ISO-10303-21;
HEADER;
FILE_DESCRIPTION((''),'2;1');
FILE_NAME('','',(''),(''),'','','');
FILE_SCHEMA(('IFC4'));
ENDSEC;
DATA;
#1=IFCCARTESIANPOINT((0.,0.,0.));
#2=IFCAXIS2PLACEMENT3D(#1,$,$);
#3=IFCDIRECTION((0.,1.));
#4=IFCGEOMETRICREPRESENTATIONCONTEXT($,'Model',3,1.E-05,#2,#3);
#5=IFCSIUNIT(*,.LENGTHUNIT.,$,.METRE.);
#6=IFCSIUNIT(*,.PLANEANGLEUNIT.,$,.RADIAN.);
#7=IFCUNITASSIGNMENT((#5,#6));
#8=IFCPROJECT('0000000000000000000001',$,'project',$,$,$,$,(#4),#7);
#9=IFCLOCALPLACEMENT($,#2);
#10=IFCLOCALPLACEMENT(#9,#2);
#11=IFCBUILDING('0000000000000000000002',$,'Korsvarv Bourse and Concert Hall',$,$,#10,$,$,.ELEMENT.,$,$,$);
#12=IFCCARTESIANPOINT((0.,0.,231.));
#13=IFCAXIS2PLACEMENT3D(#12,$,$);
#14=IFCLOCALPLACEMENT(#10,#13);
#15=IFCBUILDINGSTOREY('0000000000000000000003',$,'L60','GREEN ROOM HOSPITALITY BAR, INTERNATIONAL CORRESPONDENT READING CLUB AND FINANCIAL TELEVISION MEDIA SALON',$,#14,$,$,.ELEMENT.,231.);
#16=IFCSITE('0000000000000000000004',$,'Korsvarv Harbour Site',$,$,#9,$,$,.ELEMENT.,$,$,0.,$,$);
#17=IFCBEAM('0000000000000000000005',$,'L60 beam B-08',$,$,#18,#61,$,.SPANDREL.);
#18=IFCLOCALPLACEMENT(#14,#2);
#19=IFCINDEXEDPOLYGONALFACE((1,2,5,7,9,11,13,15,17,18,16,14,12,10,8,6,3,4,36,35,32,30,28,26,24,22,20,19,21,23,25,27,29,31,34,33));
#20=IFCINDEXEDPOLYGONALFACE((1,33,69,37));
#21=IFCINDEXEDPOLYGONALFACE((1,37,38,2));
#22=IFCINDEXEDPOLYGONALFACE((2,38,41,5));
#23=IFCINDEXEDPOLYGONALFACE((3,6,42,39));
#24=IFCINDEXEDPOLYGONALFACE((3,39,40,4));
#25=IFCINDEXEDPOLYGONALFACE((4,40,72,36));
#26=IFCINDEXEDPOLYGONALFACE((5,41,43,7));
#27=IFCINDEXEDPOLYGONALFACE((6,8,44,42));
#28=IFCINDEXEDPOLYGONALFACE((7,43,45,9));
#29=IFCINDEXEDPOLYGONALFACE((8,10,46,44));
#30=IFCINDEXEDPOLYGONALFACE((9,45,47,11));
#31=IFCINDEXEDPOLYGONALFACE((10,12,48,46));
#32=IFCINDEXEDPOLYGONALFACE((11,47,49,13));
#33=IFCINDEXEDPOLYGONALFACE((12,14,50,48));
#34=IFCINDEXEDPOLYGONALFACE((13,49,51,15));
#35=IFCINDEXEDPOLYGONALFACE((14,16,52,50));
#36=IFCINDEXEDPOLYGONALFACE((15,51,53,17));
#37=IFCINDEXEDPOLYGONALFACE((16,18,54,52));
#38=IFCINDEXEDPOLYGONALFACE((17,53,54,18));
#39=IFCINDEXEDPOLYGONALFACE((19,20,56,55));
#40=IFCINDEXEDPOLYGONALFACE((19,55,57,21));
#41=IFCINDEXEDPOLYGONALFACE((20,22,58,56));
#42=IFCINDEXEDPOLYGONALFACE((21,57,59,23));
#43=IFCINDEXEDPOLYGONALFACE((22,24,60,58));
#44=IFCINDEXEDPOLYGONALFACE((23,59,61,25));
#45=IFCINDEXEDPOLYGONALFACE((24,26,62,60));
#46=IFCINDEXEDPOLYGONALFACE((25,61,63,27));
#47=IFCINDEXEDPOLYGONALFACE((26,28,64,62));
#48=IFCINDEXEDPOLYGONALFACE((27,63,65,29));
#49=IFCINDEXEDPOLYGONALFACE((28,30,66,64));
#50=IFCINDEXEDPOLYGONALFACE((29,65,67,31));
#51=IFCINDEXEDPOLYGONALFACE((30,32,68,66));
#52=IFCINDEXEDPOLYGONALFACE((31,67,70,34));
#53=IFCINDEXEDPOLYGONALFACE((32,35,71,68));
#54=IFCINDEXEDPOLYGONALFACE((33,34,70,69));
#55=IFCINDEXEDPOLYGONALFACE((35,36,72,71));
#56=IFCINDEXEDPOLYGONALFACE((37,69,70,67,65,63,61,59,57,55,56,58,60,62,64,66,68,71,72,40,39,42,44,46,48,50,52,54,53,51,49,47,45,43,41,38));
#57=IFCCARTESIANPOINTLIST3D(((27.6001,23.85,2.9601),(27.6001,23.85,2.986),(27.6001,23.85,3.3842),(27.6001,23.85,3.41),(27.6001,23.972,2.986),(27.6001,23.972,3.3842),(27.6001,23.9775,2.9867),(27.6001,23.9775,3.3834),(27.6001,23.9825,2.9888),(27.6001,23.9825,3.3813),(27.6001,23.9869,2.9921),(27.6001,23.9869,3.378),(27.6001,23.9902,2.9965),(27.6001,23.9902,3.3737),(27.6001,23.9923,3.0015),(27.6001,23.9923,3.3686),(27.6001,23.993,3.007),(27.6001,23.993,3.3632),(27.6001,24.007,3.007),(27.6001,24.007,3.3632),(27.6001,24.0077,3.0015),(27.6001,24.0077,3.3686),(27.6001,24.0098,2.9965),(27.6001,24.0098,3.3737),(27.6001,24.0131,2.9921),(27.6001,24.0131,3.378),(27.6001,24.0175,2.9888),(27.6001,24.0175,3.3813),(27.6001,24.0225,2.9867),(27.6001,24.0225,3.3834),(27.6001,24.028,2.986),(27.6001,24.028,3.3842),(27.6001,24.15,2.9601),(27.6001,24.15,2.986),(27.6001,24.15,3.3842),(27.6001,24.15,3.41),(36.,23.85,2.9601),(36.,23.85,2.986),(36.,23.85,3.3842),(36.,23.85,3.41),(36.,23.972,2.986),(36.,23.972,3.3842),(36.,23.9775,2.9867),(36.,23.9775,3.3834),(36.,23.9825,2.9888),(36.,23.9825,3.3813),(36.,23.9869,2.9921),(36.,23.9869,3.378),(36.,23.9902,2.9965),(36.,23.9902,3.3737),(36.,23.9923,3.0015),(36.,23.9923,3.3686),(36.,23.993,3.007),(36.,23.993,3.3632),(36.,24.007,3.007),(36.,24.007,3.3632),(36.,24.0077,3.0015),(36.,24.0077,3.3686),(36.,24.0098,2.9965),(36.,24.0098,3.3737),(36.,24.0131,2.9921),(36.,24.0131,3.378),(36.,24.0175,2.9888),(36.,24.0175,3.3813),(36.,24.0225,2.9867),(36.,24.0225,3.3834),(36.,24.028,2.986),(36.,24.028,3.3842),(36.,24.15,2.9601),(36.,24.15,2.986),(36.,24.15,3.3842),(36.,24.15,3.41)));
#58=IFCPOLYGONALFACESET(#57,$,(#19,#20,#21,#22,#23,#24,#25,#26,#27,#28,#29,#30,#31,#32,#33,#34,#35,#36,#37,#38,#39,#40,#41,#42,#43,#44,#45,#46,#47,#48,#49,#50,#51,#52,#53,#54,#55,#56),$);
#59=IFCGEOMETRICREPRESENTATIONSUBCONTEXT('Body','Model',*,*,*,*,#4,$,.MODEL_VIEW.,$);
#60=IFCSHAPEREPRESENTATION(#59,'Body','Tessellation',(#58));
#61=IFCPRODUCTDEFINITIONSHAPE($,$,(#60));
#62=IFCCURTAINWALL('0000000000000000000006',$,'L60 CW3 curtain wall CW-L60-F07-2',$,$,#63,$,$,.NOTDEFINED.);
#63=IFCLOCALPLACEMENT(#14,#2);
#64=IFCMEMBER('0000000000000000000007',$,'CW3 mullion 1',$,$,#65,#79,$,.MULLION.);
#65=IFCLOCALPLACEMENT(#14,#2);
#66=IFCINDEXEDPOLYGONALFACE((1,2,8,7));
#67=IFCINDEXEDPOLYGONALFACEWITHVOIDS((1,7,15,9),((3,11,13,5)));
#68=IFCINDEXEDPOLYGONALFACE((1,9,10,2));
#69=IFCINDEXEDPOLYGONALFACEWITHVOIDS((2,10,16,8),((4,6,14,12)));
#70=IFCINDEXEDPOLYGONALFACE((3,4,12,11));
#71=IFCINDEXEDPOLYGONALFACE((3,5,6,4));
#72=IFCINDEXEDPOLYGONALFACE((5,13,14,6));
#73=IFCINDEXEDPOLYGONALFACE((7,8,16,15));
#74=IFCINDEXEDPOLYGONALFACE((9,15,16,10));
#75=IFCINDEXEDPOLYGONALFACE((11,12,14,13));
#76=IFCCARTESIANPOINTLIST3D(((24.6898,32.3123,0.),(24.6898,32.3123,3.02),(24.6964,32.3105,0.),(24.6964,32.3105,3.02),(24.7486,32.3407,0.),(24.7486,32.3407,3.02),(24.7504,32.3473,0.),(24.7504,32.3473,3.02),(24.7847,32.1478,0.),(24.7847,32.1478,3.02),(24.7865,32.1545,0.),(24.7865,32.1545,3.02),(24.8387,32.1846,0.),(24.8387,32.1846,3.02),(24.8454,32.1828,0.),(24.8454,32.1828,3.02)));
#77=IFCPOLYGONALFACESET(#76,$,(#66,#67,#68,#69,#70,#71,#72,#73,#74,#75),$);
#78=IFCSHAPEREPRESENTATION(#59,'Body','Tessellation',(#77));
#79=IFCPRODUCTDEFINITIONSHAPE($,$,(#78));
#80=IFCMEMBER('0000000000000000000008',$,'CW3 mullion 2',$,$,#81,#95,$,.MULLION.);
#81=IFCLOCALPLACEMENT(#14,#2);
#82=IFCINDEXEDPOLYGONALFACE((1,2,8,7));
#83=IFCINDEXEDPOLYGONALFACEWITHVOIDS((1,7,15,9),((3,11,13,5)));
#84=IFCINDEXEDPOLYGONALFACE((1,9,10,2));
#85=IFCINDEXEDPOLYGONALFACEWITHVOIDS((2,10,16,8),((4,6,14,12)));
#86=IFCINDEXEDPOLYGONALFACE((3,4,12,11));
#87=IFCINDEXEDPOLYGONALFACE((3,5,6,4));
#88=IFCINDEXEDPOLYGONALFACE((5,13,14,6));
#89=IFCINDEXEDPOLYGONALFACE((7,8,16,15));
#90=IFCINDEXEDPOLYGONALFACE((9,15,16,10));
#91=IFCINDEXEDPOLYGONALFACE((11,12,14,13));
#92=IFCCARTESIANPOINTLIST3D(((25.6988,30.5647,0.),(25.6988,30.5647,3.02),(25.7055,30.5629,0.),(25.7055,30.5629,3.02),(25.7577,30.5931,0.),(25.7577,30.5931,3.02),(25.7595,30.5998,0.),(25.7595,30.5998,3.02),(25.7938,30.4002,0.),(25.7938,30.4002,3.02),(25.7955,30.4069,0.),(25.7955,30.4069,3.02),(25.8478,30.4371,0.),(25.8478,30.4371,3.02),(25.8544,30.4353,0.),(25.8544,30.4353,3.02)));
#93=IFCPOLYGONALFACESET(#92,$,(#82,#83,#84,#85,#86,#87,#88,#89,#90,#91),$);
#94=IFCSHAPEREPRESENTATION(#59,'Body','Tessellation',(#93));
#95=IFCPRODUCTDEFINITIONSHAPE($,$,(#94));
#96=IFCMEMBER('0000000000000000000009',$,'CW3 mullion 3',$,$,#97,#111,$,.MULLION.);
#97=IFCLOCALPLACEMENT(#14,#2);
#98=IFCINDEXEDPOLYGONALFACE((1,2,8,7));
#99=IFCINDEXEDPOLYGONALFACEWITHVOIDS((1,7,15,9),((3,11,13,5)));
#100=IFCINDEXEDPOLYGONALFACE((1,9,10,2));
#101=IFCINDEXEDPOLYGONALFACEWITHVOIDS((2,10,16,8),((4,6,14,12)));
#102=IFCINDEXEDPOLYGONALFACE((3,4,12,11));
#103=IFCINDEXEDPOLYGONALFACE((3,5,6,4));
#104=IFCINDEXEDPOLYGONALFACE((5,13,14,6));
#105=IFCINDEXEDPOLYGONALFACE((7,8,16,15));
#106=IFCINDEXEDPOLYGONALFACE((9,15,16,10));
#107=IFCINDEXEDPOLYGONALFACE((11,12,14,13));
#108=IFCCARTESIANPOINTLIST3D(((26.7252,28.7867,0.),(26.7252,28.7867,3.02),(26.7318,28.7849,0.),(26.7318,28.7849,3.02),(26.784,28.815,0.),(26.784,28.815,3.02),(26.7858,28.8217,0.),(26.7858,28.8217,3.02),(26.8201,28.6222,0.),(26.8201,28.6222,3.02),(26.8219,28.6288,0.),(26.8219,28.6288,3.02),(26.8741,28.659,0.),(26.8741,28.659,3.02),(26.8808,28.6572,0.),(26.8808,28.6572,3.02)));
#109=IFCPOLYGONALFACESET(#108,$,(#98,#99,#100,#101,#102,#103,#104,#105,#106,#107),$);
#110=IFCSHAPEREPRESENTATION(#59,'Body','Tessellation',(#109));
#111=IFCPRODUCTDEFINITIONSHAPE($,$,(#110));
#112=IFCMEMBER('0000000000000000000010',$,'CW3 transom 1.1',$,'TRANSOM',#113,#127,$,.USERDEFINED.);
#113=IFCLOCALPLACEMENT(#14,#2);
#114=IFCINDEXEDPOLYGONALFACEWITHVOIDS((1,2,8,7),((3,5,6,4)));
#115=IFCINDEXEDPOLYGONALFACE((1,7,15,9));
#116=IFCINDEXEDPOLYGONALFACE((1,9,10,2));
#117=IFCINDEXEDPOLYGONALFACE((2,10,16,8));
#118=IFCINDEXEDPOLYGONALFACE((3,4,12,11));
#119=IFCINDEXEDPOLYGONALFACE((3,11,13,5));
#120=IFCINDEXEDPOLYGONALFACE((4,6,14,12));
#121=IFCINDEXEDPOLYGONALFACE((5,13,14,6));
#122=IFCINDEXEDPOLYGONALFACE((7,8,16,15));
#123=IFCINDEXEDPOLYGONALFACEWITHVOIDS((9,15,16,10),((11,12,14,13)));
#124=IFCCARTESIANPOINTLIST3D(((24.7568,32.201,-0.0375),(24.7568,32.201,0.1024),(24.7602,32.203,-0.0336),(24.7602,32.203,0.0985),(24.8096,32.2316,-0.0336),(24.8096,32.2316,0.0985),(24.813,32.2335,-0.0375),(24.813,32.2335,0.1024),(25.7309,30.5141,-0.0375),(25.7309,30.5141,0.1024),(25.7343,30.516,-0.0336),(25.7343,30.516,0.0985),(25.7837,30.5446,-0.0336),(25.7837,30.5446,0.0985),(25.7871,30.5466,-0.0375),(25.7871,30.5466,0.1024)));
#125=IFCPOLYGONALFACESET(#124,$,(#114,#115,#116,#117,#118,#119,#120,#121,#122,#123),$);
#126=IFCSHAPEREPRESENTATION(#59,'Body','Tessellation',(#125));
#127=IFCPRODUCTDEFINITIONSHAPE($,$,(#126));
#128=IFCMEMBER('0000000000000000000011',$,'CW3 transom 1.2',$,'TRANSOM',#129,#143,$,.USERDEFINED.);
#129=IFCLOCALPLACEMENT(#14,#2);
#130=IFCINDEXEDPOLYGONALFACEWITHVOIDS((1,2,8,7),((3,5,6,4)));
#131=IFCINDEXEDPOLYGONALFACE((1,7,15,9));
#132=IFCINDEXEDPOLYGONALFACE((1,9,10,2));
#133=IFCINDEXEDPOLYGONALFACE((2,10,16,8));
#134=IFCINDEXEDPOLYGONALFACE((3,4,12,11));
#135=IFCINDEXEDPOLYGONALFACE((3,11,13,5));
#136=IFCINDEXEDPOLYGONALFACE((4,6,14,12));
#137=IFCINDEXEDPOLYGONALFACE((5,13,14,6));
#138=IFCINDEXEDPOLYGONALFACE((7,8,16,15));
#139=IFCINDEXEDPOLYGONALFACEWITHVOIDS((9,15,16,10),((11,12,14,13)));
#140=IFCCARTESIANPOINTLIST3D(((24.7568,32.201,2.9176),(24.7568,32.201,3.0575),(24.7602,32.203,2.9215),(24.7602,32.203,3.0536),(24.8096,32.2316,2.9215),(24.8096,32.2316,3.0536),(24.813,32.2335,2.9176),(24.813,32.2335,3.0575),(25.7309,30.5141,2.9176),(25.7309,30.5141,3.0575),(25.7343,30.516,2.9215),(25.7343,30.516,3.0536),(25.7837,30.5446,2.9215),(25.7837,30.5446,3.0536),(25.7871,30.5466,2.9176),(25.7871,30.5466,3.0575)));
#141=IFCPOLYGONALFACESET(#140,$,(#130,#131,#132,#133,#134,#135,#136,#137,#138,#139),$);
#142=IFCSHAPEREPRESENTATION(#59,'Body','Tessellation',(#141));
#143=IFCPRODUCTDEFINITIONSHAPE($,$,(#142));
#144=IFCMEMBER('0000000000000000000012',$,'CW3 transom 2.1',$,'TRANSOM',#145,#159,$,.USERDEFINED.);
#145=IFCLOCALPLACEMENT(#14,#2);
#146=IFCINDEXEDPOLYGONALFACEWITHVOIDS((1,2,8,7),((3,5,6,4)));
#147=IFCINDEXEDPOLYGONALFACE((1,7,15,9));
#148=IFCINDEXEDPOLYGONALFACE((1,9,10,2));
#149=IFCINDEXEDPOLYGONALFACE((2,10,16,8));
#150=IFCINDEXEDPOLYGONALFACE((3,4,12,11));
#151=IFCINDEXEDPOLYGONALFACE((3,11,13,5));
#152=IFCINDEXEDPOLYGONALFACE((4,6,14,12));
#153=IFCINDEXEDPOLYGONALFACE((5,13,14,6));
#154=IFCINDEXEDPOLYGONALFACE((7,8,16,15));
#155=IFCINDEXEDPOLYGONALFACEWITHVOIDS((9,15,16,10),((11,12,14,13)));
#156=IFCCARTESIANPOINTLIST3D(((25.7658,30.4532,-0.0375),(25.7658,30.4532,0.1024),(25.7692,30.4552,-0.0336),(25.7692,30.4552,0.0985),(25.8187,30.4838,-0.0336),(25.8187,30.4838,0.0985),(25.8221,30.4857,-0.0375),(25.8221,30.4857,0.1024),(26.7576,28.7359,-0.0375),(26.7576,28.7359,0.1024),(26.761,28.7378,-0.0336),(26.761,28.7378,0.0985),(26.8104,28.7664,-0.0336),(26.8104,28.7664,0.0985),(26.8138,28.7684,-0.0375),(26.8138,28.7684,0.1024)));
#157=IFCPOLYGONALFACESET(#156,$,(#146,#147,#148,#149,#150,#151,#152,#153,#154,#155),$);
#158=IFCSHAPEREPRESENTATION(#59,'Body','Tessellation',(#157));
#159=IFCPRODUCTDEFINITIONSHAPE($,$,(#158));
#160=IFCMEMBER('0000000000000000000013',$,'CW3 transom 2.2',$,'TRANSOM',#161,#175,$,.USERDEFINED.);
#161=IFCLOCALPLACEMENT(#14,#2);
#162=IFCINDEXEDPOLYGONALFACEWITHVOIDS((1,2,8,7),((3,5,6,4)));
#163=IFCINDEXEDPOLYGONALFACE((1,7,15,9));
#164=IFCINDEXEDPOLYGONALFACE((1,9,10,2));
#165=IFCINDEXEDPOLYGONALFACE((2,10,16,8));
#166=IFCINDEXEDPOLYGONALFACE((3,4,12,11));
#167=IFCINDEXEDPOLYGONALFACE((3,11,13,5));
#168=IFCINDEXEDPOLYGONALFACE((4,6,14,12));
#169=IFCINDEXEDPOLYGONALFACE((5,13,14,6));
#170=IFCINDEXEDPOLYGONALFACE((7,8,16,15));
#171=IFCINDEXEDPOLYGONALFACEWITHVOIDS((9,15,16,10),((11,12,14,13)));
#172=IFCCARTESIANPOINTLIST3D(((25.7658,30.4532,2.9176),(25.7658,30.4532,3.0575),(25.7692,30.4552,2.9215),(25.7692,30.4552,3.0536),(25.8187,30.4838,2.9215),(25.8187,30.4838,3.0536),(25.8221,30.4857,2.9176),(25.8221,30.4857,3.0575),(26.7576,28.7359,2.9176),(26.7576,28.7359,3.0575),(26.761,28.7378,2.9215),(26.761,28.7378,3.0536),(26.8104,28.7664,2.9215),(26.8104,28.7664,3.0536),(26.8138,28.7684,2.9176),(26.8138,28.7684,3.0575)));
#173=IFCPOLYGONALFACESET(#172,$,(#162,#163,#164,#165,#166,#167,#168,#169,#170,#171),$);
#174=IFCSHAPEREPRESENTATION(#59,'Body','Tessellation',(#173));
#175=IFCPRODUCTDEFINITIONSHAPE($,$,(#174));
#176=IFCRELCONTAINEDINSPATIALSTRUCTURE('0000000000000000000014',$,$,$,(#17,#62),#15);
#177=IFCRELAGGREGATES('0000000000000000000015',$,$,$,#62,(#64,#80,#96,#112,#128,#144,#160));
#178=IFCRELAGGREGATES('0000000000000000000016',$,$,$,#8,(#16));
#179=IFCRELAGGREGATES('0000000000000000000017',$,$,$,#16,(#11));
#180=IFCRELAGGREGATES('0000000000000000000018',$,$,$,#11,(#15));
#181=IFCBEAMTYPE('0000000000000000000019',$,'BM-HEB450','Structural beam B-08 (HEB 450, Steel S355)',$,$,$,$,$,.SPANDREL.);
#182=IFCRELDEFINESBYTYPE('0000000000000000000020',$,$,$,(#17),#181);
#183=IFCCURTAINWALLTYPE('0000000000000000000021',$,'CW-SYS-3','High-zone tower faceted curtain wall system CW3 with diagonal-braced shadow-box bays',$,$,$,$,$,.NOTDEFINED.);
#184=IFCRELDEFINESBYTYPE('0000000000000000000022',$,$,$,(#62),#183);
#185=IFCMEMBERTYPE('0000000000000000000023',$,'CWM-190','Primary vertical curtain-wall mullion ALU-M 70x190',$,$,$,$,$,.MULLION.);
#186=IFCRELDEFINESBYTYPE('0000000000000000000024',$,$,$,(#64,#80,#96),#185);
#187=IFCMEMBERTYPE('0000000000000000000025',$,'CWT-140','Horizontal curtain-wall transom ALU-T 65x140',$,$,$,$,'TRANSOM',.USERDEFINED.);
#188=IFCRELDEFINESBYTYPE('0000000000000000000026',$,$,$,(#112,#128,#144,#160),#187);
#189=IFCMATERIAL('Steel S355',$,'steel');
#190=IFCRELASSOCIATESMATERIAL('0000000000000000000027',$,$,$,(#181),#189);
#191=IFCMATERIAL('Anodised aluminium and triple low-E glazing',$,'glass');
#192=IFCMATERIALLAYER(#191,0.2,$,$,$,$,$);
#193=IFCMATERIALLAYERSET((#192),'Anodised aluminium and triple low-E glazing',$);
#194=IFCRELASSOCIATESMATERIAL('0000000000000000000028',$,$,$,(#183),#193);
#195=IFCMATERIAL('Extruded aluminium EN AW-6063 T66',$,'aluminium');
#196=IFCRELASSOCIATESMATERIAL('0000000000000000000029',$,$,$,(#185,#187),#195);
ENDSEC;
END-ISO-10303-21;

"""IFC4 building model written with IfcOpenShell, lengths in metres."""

from ifc_helpers import new_model, si_unit, direction, frame, origin, origin_2d, place, context, subcontext, project, spatial, hollow_rectangle, i_section, extrude, source, transform, mapped, material, layer, layer_set, material_profile, profile_set, type_object, element, aggregate, save


model = new_model("IFC4")

# Units and contexts
model_context = context("Model", 3, precision=1e-05, world=origin(), true_north=direction((0.0, 1.0)))
body_context = subcontext(model_context, "Body", "Model", "MODEL_VIEW")
ifc_project = project(units=[si_unit("LENGTHUNIT", "METRE"), si_unit("PLANEANGLEUNIT", "RADIAN")], contexts=[model_context])

# Site, building, storey
site_placement = place(None, origin())
site = spatial("IfcSite", under=ifc_project, at=site_placement, Name="Korsvarv Harbour Site", CompositionType="ELEMENT", RefElevation=0.0)
building_placement = place(site_placement, origin())
building = spatial("IfcBuilding", under=site, at=building_placement, Name="Korsvarv Bourse and Concert Hall", CompositionType="ELEMENT")
storey_placement = place(building_placement, frame((0.0, 0.0, 231.0)))
storey = spatial("IfcBuildingStorey", under=building, at=storey_placement, Name="L60", Description="GREEN ROOM HOSPITALITY BAR, INTERNATIONAL CORRESPONDENT READING CLUB AND FINANCIAL TELEVISION MEDIA SALON", CompositionType="ELEMENT", Elevation=231.0)

# Shared definitions
ifc_material_1 = material(Name="Steel S355", Category="steel")

# Beam
ifc_material_profile_1 = material_profile(ifc_material_1, i_section(OverallWidth=0.3, OverallDepth=0.45, WebThickness=0.0139, FlangeThickness=0.0259, FilletRadius=0.021, at=origin_2d()), Name="HEB 450")
ifc_profile_set_1 = profile_set([ifc_material_profile_1], Name="Steel S355")
beam_type_1 = type_object("IfcBeamType", Name="BM-HEB450", Description="Structural beam B-08 (HEB 450, Steel S355)", PredefinedType="SPANDREL", material=ifc_profile_set_1)
shared_shape_1 = source(origin(), body_context, "Body", "SweptSolid", [
    extrude(i_section(OverallWidth=0.3, OverallDepth=0.45, WebThickness=0.0139, FlangeThickness=0.0259, FilletRadius=0.021, at=origin_2d()), origin(), (0.0, 0.0, 1.0), 8.3999),
])
beam_1_placement = place(storey_placement, frame((27.6001, 24.0, 3.1851), z_axis=(1.0, 0.0, 0.0), x_axis=(0.0, 1.0, 0.0)))
element("IfcBeam", 1, at=beam_1_placement, inside=storey, type_object=beam_type_1, Name="L60 beam B-08", PredefinedType="SPANDREL", context=body_context, shape_type="MappedRepresentation", body=[
    mapped(shared_shape_1, transform((0.0, 0.0, 0.0), scale=1.0)),
])

# Curtain wall, members
ifc_material_2 = material(Name="Anodised aluminium and triple low-E glazing", Category="glass")
ifc_layer_1 = layer(ifc_material_2, 0.2)
ifc_layer_set_1 = layer_set([ifc_layer_1], Name="Anodised aluminium and triple low-E glazing")
curtain_wall_type = type_object("IfcCurtainWallType", Name="CW-SYS-3", Description="High-zone tower faceted curtain wall system CW3 with diagonal-braced shadow-box bays", PredefinedType="NOTDEFINED", material=ifc_layer_set_1)
curtain_wall_placement = place(storey_placement, origin())
curtain_wall = element("IfcCurtainWall", 2, at=curtain_wall_placement, inside=storey, type_object=curtain_wall_type, Name="L60 CW3 curtain wall CW-L60-F07-2", PredefinedType="NOTDEFINED")
ifc_material_3 = material(Name="Extruded aluminium EN AW-6063 T66", Category="aluminium")
ifc_material_profile_2 = material_profile(ifc_material_3, hollow_rectangle(XDim=0.0701, YDim=0.1899, WallThickness=0.0049, at=origin_2d()), Name="ALU-M 70x190")
ifc_profile_set_2 = profile_set([ifc_material_profile_2], Name="Extruded aluminium EN AW-6063 T66")
member_type_1 = type_object("IfcMemberType", Name="CWM-190", Description="Primary vertical curtain-wall mullion ALU-M 70x190", PredefinedType="MULLION", material=ifc_profile_set_2)
shared_shape_2 = source(origin(), body_context, "Body", "SweptSolid", [
    extrude(hollow_rectangle(XDim=0.0701, YDim=0.1899, WallThickness=0.0049, at=origin_2d()), origin(), (0.0, 0.0, 1.0), 3.02),
])
member_1_placement = place(storey_placement, frame((24.7676, 32.2476, 0.0), z_axis=(0.0, 0.0, 1.0), x_axis=(0.866025, 0.5, 0.0)))
member_1 = element("IfcMember", 3, at=member_1_placement, type_object=member_type_1, Name="CW3 mullion 1", PredefinedType="MULLION", context=body_context, shape_type="MappedRepresentation", body=[
    mapped(shared_shape_2, transform((0.0, 0.0, 0.0), scale=1.0)),
])
member_2_placement = place(storey_placement, frame((25.7766, 30.5, 0.0), z_axis=(0.0, 0.0, 1.0), x_axis=(0.866025, 0.5, 0.0)))
member_2 = element("IfcMember", 4, at=member_2_placement, type_object=member_type_1, Name="CW3 mullion 2", PredefinedType="MULLION", context=body_context, shape_type="MappedRepresentation", body=[
    mapped(shared_shape_2, transform((0.0, 0.0, 0.0), scale=1.0)),
])
member_3_placement = place(storey_placement, frame((26.803, 28.7219, 0.0), z_axis=(0.0, 0.0, 1.0), x_axis=(0.866025, 0.5, 0.0)))
member_3 = element("IfcMember", 5, at=member_3_placement, type_object=member_type_1, Name="CW3 mullion 3", PredefinedType="MULLION", context=body_context, shape_type="MappedRepresentation", body=[
    mapped(shared_shape_2, transform((0.0, 0.0, 0.0), scale=1.0)),
])
ifc_material_profile_3 = material_profile(ifc_material_3, hollow_rectangle(XDim=0.0649, YDim=0.1399, WallThickness=0.0039, at=origin_2d()), Name="ALU-T 65x140")
ifc_profile_set_3 = profile_set([ifc_material_profile_3], Name="Extruded aluminium EN AW-6063 T66")
member_type_2 = type_object("IfcMemberType", Name="CWT-140", Description="Horizontal curtain-wall transom ALU-T 65x140", ElementType="TRANSOM", PredefinedType="USERDEFINED", material=ifc_profile_set_3)
shared_shape_3 = source(origin(), body_context, "Body", "SweptSolid", [
    extrude(hollow_rectangle(XDim=0.0649, YDim=0.1399, WallThickness=0.0039, at=origin_2d()), origin(), (0.0, 0.0, 1.0), 1.948),
])
member_4_placement = place(storey_placement, frame((24.7849, 32.2173, 0.0325), z_axis=(0.500048, -0.865998, 0.0), x_axis=(0.865998, 0.500048, 0.0)))
member_4 = element("IfcMember", 6, at=member_4_placement, type_object=member_type_2, Name="CW3 transom 1.1", ObjectType="TRANSOM", PredefinedType="USERDEFINED", context=body_context, shape_type="MappedRepresentation", body=[
    mapped(shared_shape_3, transform((0.0, 0.0, 0.0), scale=1.0)),
])
member_5_placement = place(storey_placement, frame((24.7849, 32.2173, 2.9875), z_axis=(0.500048, -0.865998, 0.0), x_axis=(0.865998, 0.500048, 0.0)))
member_5 = element("IfcMember", 7, at=member_5_placement, type_object=member_type_2, Name="CW3 transom 1.2", ObjectType="TRANSOM", PredefinedType="USERDEFINED", context=body_context, shape_type="MappedRepresentation", body=[
    mapped(shared_shape_3, transform((0.0, 0.0, 0.0), scale=1.0)),
])
shared_shape_4 = source(origin(), body_context, "Body", "SweptSolid", [
    extrude(hollow_rectangle(XDim=0.0649, YDim=0.1399, WallThickness=0.0039, at=origin_2d()), origin(), (0.0, 0.0, 1.0), 1.9832),
])
member_6_placement = place(storey_placement, frame((25.7939, 30.4695, 0.0325), z_axis=(0.500085, -0.865976, 0.0), x_axis=(0.865976, 0.500085, 0.0)))
member_6 = element("IfcMember", 8, at=member_6_placement, type_object=member_type_2, Name="CW3 transom 2.1", ObjectType="TRANSOM", PredefinedType="USERDEFINED", context=body_context, shape_type="MappedRepresentation", body=[
    mapped(shared_shape_4, transform((0.0, 0.0, 0.0), scale=1.0)),
])
member_7_placement = place(storey_placement, frame((25.7939, 30.4695, 2.9875), z_axis=(0.500085, -0.865976, 0.0), x_axis=(0.865976, 0.500085, 0.0)))
member_7 = element("IfcMember", 9, at=member_7_placement, type_object=member_type_2, Name="CW3 transom 2.2", ObjectType="TRANSOM", PredefinedType="USERDEFINED", context=body_context, shape_type="MappedRepresentation", body=[
    mapped(shared_shape_4, transform((0.0, 0.0, 0.0), scale=1.0)),
])

aggregate(curtain_wall, [member_1, member_2, member_3, member_4, member_5, member_6, member_7])

save(model, "model.ifc")
